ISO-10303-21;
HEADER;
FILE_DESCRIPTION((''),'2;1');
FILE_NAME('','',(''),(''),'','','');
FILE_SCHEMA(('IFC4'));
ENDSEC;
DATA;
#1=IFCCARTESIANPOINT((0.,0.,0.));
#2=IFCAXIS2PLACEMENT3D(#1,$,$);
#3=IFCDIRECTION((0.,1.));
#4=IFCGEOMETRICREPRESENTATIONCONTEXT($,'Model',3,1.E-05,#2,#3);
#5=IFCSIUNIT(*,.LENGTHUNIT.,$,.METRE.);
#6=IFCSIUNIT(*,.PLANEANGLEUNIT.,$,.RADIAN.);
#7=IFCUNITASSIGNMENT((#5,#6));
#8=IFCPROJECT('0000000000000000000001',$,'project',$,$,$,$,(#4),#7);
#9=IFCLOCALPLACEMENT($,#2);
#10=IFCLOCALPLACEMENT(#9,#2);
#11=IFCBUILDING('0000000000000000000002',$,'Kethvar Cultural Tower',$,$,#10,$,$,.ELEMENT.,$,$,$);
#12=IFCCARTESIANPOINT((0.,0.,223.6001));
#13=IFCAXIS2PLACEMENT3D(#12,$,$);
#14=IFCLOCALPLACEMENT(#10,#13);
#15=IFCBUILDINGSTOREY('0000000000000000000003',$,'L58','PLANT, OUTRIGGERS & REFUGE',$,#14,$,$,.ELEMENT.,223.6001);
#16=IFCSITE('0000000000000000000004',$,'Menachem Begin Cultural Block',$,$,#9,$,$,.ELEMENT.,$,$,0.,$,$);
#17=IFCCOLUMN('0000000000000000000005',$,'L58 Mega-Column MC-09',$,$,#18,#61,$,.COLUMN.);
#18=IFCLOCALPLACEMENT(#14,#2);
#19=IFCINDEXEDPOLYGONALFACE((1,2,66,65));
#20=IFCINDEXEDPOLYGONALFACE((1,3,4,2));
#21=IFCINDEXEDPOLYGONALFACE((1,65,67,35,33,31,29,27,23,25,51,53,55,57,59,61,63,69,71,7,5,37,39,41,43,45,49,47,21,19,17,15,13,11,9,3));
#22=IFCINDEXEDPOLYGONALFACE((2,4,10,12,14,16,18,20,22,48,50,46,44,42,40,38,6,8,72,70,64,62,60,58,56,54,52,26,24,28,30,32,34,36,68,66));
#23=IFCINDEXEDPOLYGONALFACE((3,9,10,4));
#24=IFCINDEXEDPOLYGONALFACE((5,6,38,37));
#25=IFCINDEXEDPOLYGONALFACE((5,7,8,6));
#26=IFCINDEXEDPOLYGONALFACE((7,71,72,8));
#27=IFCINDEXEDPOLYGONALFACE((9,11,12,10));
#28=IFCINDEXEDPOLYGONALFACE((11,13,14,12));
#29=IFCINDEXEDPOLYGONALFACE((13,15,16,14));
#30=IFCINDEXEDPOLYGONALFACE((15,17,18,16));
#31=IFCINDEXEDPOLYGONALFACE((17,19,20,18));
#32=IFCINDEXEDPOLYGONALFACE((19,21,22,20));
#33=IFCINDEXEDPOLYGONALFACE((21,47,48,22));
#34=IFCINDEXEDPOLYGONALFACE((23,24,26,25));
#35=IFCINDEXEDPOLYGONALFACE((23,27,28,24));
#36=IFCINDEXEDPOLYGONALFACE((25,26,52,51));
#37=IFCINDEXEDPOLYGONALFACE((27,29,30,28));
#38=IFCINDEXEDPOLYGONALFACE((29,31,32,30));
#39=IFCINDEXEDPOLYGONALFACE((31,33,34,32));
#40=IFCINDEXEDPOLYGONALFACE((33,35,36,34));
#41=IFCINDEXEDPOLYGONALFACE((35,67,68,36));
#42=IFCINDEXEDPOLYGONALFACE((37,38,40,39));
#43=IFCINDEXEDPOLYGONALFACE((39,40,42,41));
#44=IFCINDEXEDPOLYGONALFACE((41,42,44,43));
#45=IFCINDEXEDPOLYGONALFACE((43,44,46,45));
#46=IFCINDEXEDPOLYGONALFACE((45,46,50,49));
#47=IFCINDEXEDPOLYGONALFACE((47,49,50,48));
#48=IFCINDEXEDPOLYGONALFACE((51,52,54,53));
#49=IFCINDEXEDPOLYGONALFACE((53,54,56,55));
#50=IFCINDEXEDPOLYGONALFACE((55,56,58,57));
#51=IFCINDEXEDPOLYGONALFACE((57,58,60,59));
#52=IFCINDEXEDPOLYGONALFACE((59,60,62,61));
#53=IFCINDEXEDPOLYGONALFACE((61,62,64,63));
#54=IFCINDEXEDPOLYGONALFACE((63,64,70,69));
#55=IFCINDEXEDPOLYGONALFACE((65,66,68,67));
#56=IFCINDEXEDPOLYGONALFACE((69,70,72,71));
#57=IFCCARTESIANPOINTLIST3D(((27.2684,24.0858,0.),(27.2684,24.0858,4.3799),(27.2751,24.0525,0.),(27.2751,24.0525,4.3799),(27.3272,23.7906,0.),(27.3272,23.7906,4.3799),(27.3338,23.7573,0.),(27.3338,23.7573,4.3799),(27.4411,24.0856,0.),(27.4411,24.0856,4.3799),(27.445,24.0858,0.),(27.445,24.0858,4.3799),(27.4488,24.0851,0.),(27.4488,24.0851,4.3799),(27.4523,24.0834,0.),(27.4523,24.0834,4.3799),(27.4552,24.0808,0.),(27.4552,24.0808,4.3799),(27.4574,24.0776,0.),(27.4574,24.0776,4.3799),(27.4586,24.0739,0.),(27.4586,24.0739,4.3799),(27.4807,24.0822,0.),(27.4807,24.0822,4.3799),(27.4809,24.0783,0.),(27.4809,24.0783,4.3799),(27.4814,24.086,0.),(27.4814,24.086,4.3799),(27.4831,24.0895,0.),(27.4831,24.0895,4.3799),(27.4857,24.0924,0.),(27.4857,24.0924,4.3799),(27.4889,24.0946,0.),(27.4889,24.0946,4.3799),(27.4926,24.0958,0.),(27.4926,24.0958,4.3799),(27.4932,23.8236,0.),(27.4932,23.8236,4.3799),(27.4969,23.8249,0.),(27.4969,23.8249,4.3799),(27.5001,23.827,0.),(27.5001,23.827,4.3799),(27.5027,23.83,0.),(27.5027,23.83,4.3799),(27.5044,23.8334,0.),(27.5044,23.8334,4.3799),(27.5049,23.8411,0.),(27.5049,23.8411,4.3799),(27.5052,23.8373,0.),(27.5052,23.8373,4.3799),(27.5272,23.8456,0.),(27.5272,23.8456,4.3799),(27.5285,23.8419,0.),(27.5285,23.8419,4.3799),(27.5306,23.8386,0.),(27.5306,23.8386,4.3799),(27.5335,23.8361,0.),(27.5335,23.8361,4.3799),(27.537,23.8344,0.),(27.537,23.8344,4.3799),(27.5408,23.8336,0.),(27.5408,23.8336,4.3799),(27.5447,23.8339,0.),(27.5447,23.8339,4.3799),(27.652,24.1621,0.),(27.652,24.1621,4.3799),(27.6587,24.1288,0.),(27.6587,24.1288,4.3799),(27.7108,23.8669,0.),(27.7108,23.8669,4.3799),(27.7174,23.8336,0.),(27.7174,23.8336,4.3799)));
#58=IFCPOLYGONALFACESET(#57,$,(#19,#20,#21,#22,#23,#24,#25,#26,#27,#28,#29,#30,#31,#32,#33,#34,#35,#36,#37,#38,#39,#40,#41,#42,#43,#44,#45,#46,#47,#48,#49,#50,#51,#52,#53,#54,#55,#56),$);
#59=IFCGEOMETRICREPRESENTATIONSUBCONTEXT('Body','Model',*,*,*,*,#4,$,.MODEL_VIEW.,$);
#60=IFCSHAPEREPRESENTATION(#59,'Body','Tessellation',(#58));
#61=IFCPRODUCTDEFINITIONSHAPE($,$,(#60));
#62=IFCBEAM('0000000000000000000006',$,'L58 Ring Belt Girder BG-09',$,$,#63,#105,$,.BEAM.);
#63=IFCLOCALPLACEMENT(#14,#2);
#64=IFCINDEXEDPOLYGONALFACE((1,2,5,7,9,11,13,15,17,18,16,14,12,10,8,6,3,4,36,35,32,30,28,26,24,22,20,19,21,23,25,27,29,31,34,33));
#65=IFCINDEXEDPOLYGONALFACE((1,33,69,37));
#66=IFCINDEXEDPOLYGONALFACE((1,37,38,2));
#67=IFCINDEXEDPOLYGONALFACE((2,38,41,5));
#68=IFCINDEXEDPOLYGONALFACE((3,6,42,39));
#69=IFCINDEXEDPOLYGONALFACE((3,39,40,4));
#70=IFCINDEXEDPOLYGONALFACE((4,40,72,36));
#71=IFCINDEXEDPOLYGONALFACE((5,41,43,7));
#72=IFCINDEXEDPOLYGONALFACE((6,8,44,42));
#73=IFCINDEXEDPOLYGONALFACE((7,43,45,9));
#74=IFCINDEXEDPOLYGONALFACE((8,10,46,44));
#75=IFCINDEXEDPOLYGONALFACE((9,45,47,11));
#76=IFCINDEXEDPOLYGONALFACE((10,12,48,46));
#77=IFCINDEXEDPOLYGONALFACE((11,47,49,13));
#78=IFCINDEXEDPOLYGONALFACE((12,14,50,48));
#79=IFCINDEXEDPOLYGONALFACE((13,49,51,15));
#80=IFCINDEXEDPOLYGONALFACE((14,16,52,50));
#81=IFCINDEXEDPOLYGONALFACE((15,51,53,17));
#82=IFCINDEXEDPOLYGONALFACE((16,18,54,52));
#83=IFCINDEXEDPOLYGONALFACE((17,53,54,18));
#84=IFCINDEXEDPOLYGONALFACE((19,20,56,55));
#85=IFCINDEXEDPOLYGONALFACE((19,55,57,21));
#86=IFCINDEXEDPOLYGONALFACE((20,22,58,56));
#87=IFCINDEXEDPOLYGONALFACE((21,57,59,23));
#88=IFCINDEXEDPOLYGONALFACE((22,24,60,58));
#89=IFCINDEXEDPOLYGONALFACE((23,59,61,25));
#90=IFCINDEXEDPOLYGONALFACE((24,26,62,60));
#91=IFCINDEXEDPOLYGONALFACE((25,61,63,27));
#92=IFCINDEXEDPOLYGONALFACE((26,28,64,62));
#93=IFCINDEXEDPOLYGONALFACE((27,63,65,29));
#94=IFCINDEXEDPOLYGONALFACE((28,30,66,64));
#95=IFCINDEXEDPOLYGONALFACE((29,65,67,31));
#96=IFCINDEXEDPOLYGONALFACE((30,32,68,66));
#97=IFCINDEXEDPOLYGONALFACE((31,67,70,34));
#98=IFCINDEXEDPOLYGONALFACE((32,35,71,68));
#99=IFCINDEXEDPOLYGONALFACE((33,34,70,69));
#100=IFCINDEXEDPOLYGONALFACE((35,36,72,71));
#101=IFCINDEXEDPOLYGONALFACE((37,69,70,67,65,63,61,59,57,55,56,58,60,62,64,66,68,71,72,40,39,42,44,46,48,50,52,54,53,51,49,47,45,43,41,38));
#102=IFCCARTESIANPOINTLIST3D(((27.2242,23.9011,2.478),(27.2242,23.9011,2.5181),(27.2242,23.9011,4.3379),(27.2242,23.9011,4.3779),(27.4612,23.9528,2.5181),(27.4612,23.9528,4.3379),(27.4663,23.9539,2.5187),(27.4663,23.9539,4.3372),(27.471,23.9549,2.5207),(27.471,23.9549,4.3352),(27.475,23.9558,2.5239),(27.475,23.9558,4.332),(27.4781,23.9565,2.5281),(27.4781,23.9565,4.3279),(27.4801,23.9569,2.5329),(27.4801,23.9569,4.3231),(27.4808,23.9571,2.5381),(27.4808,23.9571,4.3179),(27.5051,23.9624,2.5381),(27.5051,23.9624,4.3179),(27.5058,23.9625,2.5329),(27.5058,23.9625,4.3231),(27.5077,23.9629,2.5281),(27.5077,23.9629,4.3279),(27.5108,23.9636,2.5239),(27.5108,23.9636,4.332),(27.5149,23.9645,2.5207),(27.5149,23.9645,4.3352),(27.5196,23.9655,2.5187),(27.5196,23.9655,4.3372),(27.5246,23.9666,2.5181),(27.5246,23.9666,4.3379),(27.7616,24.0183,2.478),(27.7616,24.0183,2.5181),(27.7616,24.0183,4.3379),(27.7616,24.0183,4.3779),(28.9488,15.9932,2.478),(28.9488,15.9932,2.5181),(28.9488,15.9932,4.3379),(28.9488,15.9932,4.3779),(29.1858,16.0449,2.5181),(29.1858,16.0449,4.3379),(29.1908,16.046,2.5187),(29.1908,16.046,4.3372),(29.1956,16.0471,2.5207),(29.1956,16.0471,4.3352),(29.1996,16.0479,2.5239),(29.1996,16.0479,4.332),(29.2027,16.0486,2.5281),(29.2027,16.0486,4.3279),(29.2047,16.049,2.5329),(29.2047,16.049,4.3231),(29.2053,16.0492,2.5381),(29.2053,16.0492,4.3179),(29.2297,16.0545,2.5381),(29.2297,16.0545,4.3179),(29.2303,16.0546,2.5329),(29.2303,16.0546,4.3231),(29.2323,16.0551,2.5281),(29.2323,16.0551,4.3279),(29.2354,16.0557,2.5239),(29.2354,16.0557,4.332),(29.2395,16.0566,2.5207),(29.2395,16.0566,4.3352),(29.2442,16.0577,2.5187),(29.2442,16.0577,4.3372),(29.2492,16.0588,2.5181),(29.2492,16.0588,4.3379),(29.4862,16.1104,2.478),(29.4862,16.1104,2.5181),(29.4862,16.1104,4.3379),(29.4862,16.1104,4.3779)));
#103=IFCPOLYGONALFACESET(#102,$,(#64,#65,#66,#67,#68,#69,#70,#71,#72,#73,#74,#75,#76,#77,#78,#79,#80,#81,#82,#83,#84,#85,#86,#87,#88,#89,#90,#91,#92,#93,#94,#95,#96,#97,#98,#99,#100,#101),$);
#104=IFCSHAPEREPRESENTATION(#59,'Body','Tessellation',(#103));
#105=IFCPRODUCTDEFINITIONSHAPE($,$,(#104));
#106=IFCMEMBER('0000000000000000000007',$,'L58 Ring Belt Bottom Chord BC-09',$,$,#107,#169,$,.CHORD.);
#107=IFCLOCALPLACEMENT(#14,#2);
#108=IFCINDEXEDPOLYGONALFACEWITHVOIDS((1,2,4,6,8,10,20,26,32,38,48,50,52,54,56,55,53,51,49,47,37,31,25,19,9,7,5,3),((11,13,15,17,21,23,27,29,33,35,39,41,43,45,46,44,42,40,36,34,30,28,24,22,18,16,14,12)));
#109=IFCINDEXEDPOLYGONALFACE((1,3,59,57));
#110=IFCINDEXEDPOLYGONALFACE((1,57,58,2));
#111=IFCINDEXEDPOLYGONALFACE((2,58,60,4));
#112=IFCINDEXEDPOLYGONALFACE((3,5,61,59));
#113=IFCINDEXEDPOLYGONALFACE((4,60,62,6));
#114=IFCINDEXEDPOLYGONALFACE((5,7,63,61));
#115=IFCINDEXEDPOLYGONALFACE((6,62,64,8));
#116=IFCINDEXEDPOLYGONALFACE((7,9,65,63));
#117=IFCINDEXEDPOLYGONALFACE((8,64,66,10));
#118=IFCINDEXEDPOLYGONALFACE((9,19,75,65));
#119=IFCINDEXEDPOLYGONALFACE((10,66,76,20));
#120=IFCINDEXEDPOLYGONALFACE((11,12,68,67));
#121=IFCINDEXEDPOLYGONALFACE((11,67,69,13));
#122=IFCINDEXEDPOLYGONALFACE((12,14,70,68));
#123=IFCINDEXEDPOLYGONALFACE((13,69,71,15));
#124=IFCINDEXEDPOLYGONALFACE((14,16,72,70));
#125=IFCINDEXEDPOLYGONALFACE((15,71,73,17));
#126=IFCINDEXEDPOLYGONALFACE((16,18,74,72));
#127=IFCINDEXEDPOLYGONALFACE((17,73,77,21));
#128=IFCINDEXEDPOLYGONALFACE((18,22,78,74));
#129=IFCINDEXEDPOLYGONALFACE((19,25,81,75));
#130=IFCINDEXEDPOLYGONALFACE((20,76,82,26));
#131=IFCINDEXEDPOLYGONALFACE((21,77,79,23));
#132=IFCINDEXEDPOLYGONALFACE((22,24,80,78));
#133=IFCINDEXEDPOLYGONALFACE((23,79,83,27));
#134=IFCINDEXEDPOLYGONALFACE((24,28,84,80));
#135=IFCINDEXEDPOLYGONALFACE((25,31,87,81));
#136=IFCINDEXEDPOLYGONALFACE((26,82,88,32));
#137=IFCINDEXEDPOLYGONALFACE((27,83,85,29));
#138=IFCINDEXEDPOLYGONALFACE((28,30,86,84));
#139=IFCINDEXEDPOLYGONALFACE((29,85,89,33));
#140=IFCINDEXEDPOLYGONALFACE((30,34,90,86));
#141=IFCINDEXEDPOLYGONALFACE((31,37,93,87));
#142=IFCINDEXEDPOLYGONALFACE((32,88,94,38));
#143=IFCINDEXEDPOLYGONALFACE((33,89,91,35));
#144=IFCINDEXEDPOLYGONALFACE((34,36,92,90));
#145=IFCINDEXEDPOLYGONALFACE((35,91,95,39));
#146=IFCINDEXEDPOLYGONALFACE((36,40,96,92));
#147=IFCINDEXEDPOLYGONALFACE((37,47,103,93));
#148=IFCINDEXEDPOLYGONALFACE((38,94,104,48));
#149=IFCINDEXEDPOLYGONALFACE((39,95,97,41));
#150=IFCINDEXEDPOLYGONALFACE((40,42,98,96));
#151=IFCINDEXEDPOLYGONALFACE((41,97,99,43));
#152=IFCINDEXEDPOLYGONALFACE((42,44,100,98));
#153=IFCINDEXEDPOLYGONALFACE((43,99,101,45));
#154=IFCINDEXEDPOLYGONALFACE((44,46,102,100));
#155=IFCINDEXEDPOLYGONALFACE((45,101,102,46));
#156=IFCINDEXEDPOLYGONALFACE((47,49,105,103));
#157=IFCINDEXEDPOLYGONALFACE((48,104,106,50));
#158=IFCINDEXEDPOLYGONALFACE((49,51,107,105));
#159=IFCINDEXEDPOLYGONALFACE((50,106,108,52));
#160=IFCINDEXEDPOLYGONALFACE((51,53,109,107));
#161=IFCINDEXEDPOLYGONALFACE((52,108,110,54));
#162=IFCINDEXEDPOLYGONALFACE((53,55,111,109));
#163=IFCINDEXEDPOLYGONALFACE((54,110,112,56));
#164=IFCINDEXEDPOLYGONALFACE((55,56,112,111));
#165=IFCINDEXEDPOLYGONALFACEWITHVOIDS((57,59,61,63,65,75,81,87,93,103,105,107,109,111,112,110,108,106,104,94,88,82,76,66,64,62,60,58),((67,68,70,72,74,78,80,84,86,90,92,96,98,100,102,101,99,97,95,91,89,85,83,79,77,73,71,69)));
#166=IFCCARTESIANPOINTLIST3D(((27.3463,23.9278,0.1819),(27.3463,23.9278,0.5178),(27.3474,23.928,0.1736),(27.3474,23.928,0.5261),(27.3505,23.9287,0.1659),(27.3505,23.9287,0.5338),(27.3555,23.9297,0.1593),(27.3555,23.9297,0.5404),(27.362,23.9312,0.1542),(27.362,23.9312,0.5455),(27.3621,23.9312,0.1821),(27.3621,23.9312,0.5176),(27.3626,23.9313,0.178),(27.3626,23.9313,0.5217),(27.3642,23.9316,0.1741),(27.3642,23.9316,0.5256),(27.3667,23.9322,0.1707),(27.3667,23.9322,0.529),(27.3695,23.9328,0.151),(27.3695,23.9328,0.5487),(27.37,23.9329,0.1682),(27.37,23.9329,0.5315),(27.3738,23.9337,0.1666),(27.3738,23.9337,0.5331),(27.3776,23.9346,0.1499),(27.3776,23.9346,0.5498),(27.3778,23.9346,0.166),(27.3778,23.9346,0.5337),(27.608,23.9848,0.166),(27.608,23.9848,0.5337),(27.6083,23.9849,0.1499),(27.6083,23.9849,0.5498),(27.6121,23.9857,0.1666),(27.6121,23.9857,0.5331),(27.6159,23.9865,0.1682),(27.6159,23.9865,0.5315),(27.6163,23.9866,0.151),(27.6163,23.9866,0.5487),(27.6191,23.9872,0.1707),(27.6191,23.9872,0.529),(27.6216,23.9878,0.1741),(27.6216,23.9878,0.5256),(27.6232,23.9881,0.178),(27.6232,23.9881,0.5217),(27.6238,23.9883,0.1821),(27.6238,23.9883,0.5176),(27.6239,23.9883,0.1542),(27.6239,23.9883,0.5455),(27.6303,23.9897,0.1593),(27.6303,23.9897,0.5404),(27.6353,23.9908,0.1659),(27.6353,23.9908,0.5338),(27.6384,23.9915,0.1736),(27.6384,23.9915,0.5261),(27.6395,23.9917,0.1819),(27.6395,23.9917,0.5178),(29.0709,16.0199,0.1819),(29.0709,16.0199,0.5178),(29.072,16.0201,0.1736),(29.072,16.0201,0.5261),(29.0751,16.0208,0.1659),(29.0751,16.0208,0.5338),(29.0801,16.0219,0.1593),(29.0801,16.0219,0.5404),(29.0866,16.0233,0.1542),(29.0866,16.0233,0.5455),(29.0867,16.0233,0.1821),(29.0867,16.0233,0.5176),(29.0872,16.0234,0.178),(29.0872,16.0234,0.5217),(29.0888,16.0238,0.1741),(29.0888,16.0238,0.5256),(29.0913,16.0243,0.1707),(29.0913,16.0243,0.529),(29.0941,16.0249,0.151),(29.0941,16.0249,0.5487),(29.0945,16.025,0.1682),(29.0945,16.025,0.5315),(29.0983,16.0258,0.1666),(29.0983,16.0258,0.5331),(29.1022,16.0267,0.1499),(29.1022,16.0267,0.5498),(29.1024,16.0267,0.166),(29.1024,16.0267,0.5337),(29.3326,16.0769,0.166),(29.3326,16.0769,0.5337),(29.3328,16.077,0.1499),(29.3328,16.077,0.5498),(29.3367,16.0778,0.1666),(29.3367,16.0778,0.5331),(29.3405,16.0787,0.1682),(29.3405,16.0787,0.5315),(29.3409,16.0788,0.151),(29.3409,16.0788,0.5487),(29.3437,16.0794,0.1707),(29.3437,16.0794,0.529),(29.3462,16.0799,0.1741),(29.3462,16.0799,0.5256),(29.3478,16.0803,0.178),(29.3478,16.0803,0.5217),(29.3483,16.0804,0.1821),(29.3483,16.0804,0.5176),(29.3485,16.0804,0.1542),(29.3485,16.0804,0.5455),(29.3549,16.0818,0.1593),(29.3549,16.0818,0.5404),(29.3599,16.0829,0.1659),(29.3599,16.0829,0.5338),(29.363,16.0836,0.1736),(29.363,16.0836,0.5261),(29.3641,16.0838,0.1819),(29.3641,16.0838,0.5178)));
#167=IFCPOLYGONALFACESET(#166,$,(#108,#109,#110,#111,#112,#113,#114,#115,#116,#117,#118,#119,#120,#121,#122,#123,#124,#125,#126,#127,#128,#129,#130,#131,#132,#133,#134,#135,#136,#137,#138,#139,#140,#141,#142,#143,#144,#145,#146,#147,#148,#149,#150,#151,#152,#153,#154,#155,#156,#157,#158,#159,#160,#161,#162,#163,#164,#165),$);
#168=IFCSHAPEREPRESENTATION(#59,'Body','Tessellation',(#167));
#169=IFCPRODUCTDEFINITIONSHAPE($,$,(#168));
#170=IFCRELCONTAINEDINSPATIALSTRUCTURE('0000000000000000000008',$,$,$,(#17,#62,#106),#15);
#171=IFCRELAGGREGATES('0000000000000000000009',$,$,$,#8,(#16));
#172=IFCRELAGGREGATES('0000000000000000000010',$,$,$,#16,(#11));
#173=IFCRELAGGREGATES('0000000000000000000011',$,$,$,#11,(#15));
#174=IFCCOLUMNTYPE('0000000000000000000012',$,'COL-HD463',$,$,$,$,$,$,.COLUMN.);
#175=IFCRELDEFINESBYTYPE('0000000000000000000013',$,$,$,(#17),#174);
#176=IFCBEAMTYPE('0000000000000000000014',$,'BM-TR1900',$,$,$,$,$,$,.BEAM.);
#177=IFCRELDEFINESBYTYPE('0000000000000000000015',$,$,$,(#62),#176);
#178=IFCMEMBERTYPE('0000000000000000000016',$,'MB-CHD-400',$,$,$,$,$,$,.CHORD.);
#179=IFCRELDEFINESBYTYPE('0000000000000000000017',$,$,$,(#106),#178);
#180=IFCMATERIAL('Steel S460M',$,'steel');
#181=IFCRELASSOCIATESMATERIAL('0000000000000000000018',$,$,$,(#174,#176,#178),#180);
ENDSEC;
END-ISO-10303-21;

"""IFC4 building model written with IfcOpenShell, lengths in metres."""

from ifc_helpers import new_model, si_unit, direction, frame, origin, origin_2d, place, context, subcontext, project, spatial, hollow_rectangle, i_section, extrude, source, transform, mapped, material, material_profile, profile_set, type_object, element, save


model = new_model("IFC4")

# Units and contexts
model_context = context("Model", 3, precision=1e-05, world=origin(), true_north=direction((0.0, 1.0)))
body_context = subcontext(model_context, "Body", "Model", "MODEL_VIEW")
ifc_project = project(units=[si_unit("LENGTHUNIT", "METRE"), si_unit("PLANEANGLEUNIT", "RADIAN")], contexts=[model_context])

# Site, building, storey
site_placement = place(None, origin())
site = spatial("IfcSite", under=ifc_project, at=site_placement, Name="Menachem Begin Cultural Block", CompositionType="ELEMENT", RefElevation=0.0)
building_placement = place(site_placement, origin())
building = spatial("IfcBuilding", under=site, at=building_placement, Name="Kethvar Cultural Tower", CompositionType="ELEMENT")
storey_placement = place(building_placement, frame((0.0, 0.0, 223.6001)))
storey = spatial("IfcBuildingStorey", under=building, at=storey_placement, Name="L58", Description="PLANT, OUTRIGGERS & REFUGE", CompositionType="ELEMENT", Elevation=223.6001)

# Column
ifc_material_1 = material(Name="Steel S460M", Category="steel")
ifc_material_profile_1 = material_profile(ifc_material_1, i_section(OverallWidth=0.3911, OverallDepth=0.335, WebThickness=0.0227, FlangeThickness=0.0339, FilletRadius=0.0149, at=origin_2d()), Name="Steel S460M — HD400x463")
ifc_profile_set_1 = profile_set([ifc_material_profile_1], Name="Steel S460M — HD400x463")
column_type = type_object("IfcColumnType", Name="COL-HD463", PredefinedType="COLUMN", material=ifc_profile_set_1)
shared_shape_1 = source(origin(), body_context, "Body", "SweptSolid", [
    extrude(i_section(OverallWidth=0.3911, OverallDepth=0.335, WebThickness=0.0227, FlangeThickness=0.0339, FilletRadius=0.0149, at=origin_2d()), origin(), (0.0, 0.0, 1.0), 4.3799),
])
column_placement = place(storey_placement, frame((27.4929, 23.9597, 0.0), z_axis=(0.0, 0.0, 1.0), x_axis=(-0.980785, -0.19509, 0.0)))
element("IfcColumn", 1, at=column_placement, inside=storey, type_object=column_type, Name="L58 Mega-Column MC-09", PredefinedType="COLUMN", context=body_context, shape_type="MappedRepresentation", body=[
    mapped(shared_shape_1, transform((0.0, 0.0, 0.0), scale=1.0)),
])

# Beam
ifc_material_profile_2 = material_profile(ifc_material_1, i_section(OverallWidth=0.55, OverallDepth=1.8999, WebThickness=0.0249, FlangeThickness=0.04, FilletRadius=0.02, at=origin_2d()), Name="Steel S460M — PG1900x550x40x25")
ifc_profile_set_2 = profile_set([ifc_material_profile_2], Name="Steel S460M — PG1900x550x40x25")
beam_type = type_object("IfcBeamType", Name="BM-TR1900", PredefinedType="BEAM", material=ifc_profile_set_2)
shared_shape_2 = source(origin(), body_context, "Body", "SweptSolid", [
    extrude(i_section(OverallWidth=0.55, OverallDepth=1.8999, WebThickness=0.0249, FlangeThickness=0.04, FilletRadius=0.02, at=origin_2d()), origin(), (0.0, 0.0, 1.0), 8.0938),
])
beam_placement = place(storey_placement, frame((27.4929, 23.9597, 3.428), z_axis=(0.213077, -0.977035, 0.0), x_axis=(0.977035, 0.213077, 0.0)))
element("IfcBeam", 2, at=beam_placement, inside=storey, type_object=beam_type, Name="L58 Ring Belt Girder BG-09", PredefinedType="BEAM", context=body_context, shape_type="MappedRepresentation", body=[
    mapped(shared_shape_2, transform((0.0, 0.0, 0.0), scale=1.0)),
])

# Member
ifc_material_profile_3 = material_profile(ifc_material_1, hollow_rectangle(XDim=0.3, YDim=0.3999, WallThickness=0.0161, InnerFilletRadius=0.0161, OuterFilletRadius=0.032, at=origin_2d()), Name="Steel S460M — RHS400x300x16")
ifc_profile_set_3 = profile_set([ifc_material_profile_3], Name="Steel S460M — RHS400x300x16")
member_type_1 = type_object("IfcMemberType", Name="MB-CHD-400", PredefinedType="CHORD", material=ifc_profile_set_3)
shared_shape_3 = source(origin(), body_context, "Body", "SweptSolid", [
    extrude(hollow_rectangle(XDim=0.3, YDim=0.3999, WallThickness=0.0161, InnerFilletRadius=0.0161, OuterFilletRadius=0.032, at=origin_2d()), origin(), (0.0, 0.0, 1.0), 8.0938),
])
member_1_placement = place(storey_placement, frame((27.4929, 23.9597, 0.3499), z_axis=(0.213077, -0.977035, 0.0), x_axis=(0.977035, 0.213077, 0.0)))
element("IfcMember", 3, at=member_1_placement, inside=storey, type_object=member_type_1, Name="L58 Ring Belt Bottom Chord BC-09", PredefinedType="CHORD", context=body_context, shape_type="MappedRepresentation", body=[
    mapped(shared_shape_3, transform((0.0, 0.0, 0.0), scale=1.0)),
])

save(model, "model.ifc")
